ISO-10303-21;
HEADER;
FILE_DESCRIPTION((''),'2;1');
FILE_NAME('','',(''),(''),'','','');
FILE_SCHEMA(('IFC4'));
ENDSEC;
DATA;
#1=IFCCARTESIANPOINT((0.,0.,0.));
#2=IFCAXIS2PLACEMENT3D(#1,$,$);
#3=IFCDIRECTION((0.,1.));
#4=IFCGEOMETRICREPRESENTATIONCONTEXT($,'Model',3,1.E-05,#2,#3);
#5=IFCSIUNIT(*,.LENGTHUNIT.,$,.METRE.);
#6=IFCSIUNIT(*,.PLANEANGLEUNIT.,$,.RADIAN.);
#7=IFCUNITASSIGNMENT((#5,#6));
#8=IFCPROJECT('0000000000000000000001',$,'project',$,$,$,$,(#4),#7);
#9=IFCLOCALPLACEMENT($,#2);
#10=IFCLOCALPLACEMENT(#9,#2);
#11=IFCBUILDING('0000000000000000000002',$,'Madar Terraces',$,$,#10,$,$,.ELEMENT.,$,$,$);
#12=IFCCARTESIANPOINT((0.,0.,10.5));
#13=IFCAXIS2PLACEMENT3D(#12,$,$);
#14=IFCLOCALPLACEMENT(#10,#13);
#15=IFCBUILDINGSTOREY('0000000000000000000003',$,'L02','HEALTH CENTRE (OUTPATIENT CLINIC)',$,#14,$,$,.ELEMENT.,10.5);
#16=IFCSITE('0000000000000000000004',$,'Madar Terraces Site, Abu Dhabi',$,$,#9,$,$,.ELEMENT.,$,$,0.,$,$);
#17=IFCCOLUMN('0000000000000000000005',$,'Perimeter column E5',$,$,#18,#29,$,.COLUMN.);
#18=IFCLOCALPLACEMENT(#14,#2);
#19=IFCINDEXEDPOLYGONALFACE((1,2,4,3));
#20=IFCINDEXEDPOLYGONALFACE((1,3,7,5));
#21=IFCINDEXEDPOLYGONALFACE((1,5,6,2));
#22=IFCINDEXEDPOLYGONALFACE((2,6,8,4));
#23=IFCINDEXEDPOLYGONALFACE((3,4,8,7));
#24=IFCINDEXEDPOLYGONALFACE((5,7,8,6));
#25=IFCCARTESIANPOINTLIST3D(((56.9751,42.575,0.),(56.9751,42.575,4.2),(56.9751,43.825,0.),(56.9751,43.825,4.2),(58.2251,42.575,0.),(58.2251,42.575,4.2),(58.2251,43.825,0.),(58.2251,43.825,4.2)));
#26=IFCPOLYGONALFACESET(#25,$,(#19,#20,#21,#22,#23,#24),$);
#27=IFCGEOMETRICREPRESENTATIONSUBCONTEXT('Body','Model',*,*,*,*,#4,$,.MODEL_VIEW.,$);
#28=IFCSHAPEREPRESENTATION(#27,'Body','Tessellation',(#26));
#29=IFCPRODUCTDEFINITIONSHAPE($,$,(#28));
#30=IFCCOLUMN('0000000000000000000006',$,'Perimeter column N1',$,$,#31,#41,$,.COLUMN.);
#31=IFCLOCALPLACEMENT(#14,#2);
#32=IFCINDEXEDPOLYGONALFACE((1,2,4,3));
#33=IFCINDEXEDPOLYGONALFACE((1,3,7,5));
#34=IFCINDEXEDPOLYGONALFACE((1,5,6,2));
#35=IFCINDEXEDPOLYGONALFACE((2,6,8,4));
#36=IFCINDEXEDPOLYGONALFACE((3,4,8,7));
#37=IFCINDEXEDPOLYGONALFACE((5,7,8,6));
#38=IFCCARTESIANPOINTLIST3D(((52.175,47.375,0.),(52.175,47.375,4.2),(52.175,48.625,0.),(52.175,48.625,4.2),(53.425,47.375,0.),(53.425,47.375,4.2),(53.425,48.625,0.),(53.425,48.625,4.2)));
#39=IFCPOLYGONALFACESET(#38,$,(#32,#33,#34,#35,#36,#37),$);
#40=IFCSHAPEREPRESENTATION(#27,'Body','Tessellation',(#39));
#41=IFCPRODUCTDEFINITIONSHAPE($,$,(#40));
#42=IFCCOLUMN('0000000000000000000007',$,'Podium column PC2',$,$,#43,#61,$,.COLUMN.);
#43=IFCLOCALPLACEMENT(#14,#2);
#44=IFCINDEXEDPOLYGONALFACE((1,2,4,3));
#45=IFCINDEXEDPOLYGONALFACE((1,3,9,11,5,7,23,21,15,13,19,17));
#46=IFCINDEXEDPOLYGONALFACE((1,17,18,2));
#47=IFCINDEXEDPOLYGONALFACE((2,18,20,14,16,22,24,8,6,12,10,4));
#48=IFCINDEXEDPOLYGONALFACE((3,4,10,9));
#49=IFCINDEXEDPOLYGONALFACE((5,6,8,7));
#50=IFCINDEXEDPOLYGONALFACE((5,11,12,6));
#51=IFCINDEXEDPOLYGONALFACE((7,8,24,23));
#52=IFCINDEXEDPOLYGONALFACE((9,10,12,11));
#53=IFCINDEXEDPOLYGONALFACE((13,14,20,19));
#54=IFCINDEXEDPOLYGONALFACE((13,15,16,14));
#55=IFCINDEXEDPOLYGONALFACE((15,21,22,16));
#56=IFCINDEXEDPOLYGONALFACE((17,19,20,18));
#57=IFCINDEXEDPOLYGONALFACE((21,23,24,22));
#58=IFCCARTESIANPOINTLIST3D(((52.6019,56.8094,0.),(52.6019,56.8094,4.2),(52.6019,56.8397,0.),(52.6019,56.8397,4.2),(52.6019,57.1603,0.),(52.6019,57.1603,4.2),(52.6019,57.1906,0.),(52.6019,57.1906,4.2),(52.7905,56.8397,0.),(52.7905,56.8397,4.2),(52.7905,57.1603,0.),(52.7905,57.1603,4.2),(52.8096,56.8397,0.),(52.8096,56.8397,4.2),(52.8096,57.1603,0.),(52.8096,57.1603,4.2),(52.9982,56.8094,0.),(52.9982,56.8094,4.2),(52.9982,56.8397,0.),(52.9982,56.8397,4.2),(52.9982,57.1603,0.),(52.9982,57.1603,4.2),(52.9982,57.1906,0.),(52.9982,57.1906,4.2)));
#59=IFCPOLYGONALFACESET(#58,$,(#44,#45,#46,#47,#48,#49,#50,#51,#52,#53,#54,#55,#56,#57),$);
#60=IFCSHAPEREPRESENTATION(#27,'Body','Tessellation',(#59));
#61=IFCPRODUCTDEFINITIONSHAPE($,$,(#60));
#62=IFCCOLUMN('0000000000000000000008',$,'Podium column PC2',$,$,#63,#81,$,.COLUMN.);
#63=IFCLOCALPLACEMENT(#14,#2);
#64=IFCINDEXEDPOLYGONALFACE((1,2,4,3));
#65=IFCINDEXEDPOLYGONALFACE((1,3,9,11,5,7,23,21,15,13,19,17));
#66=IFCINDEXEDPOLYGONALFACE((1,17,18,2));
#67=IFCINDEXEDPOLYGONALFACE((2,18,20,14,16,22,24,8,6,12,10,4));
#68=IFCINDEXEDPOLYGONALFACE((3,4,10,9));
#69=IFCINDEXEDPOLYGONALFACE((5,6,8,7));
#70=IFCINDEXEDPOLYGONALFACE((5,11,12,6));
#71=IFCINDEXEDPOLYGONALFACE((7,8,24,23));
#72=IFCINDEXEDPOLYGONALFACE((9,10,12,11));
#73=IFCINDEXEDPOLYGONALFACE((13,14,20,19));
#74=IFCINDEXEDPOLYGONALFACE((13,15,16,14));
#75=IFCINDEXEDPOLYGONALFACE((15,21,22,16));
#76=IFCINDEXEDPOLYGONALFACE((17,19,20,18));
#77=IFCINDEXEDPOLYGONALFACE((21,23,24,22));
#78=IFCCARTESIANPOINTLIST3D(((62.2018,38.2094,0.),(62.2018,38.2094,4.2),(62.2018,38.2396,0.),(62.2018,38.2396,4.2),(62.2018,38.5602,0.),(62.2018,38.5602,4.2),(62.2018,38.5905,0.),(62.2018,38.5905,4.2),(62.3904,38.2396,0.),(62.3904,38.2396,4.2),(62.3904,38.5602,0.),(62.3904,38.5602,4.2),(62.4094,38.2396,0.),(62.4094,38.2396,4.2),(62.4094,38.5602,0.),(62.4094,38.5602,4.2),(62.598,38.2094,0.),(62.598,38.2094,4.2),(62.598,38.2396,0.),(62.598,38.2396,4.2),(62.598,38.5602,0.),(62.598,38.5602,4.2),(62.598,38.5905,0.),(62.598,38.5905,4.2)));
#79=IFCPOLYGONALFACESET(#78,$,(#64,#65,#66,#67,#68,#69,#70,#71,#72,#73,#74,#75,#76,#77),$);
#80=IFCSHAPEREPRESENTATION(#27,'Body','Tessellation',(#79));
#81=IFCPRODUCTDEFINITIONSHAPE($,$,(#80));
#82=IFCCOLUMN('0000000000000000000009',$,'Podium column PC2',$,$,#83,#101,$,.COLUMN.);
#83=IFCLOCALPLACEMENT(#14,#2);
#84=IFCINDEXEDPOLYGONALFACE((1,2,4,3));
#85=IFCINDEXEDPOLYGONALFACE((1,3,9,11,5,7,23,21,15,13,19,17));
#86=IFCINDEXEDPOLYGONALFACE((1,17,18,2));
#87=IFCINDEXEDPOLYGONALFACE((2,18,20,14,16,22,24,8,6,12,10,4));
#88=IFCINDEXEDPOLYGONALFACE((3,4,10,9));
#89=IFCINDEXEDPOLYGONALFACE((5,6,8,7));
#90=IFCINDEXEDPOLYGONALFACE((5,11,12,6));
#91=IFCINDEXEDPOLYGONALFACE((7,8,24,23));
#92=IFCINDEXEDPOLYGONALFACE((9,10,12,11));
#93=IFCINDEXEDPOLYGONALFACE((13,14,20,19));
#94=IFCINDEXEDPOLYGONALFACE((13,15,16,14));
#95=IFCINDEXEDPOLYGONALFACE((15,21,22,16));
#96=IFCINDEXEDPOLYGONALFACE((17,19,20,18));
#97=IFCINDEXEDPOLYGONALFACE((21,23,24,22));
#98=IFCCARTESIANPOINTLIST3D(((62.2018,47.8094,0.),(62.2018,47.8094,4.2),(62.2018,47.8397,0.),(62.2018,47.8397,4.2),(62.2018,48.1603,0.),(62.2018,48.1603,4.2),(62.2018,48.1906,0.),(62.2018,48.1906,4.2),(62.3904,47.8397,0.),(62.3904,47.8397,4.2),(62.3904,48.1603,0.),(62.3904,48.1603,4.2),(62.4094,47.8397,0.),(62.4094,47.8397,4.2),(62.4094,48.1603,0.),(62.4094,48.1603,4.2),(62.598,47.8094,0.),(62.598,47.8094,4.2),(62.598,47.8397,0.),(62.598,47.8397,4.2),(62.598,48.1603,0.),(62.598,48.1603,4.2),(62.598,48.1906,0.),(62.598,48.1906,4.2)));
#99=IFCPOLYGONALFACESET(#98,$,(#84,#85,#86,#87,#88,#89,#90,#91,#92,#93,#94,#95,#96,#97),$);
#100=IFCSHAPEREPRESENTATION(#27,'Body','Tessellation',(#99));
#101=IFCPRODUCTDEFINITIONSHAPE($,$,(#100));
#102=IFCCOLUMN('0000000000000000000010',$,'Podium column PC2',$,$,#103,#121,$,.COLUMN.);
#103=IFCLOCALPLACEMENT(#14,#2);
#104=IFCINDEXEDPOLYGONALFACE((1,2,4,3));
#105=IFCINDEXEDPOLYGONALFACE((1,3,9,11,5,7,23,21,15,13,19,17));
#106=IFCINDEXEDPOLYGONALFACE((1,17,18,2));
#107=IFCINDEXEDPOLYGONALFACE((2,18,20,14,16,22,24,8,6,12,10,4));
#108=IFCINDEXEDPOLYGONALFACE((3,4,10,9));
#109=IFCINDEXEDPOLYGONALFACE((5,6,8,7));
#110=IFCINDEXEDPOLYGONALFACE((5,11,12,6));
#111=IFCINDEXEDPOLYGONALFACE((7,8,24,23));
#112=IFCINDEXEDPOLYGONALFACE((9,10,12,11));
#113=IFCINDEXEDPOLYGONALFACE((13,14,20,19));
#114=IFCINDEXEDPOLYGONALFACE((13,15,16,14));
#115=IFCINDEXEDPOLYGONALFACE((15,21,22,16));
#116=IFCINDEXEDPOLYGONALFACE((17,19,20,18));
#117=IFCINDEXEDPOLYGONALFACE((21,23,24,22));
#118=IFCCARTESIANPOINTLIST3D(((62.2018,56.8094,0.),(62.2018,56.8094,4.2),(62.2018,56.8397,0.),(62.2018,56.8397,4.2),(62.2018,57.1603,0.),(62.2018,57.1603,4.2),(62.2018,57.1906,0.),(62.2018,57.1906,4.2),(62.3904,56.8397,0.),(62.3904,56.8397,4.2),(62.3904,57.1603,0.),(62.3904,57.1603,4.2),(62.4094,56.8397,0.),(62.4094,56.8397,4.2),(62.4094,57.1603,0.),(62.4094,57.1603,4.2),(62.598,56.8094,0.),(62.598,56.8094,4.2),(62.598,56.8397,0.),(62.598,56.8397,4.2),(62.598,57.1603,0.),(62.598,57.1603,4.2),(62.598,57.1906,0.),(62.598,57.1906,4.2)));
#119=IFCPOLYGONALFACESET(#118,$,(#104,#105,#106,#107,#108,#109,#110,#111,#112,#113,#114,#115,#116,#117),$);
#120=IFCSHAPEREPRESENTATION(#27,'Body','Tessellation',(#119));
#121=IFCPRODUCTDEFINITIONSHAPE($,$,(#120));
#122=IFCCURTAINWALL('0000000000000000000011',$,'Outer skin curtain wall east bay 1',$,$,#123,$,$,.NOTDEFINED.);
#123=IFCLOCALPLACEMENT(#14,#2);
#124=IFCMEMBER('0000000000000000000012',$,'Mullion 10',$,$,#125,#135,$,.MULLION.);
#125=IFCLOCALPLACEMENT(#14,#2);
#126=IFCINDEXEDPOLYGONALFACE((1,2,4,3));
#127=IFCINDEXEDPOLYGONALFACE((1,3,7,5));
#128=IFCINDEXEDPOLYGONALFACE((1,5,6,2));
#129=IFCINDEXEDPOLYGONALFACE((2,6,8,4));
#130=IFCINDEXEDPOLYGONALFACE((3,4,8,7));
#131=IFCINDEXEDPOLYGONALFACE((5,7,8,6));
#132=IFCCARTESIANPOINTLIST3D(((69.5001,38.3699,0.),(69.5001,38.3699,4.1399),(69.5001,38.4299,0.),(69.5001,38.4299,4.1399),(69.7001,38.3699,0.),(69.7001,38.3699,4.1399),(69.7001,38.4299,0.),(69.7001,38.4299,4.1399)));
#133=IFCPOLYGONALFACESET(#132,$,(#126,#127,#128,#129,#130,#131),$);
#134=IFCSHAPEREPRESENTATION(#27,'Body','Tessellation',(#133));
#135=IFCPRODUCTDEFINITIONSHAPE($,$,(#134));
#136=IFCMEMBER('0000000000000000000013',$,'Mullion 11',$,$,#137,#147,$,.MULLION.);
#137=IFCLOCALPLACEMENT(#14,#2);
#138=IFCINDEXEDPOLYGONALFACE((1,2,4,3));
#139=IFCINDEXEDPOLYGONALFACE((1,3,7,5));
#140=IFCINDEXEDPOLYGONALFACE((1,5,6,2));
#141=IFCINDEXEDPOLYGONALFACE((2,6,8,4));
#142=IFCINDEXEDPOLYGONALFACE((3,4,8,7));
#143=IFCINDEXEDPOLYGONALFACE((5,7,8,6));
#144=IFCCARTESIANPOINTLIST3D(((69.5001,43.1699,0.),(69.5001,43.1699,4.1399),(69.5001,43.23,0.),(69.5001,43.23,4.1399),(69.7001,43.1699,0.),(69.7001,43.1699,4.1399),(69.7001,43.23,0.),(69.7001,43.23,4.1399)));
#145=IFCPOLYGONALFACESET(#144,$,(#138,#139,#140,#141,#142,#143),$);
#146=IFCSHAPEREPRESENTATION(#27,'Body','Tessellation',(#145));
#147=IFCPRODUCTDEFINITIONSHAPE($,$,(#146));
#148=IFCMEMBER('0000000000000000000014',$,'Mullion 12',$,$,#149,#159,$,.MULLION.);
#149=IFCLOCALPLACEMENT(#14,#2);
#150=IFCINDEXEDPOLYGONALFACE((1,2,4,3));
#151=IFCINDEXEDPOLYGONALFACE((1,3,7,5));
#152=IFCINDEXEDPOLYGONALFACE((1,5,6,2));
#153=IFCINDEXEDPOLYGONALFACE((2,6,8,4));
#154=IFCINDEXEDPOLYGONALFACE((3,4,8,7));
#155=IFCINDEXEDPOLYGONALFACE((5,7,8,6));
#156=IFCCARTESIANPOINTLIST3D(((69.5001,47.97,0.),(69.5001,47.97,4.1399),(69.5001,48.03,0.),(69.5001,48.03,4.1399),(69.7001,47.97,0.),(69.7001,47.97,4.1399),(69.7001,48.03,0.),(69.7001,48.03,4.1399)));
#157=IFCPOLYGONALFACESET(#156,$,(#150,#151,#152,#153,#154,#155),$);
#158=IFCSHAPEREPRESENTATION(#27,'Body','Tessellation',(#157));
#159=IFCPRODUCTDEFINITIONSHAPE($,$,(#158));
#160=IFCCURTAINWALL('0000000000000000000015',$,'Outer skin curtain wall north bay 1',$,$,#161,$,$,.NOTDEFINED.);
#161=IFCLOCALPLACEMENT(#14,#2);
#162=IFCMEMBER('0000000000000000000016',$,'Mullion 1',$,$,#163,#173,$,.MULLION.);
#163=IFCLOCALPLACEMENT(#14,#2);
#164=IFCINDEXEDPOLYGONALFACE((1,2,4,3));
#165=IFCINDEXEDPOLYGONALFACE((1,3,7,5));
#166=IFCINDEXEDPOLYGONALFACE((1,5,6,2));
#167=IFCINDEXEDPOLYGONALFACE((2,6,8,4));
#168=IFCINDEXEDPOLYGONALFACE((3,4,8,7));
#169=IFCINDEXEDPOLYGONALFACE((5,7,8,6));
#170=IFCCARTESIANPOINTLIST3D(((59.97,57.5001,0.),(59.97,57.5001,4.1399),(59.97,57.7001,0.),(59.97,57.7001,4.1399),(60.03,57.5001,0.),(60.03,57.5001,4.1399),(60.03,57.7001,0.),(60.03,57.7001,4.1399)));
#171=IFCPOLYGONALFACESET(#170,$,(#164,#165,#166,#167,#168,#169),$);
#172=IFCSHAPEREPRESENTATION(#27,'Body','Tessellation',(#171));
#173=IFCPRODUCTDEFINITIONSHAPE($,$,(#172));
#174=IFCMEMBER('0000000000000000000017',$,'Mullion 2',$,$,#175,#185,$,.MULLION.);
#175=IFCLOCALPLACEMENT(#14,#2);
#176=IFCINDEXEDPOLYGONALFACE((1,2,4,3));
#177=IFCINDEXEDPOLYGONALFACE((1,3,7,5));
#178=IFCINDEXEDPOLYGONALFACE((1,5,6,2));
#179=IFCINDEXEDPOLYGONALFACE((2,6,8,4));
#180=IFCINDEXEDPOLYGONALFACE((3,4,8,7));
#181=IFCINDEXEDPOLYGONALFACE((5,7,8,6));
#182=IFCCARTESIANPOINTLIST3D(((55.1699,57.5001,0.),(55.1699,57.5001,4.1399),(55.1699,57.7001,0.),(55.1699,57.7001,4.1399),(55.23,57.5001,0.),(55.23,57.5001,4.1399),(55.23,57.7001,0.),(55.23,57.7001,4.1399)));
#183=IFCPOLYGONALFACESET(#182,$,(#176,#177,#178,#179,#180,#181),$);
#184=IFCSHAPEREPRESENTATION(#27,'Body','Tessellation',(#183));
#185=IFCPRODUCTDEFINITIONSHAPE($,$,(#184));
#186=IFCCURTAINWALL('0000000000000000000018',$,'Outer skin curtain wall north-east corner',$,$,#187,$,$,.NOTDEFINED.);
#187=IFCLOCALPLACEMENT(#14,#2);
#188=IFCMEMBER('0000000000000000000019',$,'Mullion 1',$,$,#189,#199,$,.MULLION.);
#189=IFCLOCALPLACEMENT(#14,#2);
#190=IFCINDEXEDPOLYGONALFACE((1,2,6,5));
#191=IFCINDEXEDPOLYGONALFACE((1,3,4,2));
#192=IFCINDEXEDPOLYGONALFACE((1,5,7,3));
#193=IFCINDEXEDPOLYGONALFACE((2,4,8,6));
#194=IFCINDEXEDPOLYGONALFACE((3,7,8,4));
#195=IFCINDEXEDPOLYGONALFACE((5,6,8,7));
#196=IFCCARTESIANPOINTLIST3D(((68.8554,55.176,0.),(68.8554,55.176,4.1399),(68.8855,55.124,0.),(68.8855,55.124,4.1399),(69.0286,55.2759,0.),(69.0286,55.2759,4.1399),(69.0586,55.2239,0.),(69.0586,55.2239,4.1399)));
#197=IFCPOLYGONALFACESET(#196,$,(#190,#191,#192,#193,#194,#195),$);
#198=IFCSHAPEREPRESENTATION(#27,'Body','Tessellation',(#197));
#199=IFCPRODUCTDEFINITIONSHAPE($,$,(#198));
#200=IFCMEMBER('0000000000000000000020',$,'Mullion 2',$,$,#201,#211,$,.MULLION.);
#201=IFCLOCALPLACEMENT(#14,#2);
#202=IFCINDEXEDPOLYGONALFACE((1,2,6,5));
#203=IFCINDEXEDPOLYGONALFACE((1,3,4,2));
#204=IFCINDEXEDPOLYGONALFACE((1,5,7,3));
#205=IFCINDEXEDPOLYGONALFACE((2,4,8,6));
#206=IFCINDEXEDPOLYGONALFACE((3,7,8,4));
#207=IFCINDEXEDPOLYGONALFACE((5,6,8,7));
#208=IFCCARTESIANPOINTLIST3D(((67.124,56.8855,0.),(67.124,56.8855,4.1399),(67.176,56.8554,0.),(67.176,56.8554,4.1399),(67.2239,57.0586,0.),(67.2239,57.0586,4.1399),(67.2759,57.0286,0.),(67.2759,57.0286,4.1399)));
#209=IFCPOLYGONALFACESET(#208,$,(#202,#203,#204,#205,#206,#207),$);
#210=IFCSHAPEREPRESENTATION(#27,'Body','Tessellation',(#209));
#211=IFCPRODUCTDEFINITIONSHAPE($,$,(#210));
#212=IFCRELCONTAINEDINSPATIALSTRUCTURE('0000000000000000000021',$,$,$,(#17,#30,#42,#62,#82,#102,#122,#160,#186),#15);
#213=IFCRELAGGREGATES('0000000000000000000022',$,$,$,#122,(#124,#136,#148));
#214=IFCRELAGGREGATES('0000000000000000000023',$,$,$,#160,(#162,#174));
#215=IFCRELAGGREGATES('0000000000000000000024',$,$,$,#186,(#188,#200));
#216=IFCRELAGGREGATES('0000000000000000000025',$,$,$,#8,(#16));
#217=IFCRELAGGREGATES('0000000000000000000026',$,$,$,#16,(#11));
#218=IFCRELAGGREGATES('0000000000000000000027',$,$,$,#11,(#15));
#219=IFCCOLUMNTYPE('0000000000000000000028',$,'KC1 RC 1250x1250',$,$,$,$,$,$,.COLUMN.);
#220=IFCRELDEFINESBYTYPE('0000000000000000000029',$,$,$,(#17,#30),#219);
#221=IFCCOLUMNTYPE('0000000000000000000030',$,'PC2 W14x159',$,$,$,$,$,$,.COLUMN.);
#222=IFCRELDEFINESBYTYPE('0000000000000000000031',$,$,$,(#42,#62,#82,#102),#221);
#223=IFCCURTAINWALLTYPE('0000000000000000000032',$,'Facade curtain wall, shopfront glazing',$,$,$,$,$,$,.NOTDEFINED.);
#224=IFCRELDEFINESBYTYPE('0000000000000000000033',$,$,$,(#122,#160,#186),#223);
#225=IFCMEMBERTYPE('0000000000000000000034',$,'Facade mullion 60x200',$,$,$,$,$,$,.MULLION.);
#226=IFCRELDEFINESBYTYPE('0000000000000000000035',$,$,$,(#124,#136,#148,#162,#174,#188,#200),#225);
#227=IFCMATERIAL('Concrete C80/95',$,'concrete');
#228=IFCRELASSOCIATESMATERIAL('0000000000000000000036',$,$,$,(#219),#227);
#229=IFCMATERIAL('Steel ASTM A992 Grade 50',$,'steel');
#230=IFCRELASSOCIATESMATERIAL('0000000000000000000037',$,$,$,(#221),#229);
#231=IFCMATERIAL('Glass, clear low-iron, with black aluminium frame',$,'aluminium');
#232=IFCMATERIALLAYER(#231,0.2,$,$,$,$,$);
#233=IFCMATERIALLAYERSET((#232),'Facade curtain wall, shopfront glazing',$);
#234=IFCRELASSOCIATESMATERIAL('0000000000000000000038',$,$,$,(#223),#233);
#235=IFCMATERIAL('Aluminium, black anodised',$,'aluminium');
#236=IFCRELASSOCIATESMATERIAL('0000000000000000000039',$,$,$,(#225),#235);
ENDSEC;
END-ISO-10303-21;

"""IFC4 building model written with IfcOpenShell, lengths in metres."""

from ifc_helpers import new_model, si_unit, direction, frame, origin, origin_2d, place, context, subcontext, project, spatial, rectangle, i_section, extrude, material, layer, layer_set, material_profile, profile_set, type_object, element, aggregate, save


model = new_model("IFC4")

# Units and contexts
model_context = context("Model", 3, precision=1e-05, world=origin(), true_north=direction((0.0, 1.0)))
body_context = subcontext(model_context, "Body", "Model", "MODEL_VIEW")
ifc_project = project(units=[si_unit("LENGTHUNIT", "METRE"), si_unit("PLANEANGLEUNIT", "RADIAN")], contexts=[model_context])

# Site, building, storey
site_placement = place(None, origin())
site = spatial("IfcSite", under=ifc_project, at=site_placement, Name="Madar Terraces Site, Abu Dhabi", CompositionType="ELEMENT", RefElevation=0.0)
building_placement = place(site_placement, origin())
building = spatial("IfcBuilding", under=site, at=building_placement, Name="Madar Terraces", CompositionType="ELEMENT")
storey_placement = place(building_placement, frame((0.0, 0.0, 10.5)))
storey = spatial("IfcBuildingStorey", under=building, at=storey_placement, Name="L02", Description="HEALTH CENTRE (OUTPATIENT CLINIC)", CompositionType="ELEMENT", Elevation=10.5)

# Columns
ifc_material_1 = material(Name="Concrete C80/95", Category="concrete")
ifc_material_profile_1 = material_profile(ifc_material_1, rectangle(XDim=1.25, YDim=1.25, at=origin_2d()), Name="KC1 RC 1250x1250")
ifc_profile_set_1 = profile_set([ifc_material_profile_1], Name="Concrete C80/95")
column_type_1 = type_object("IfcColumnType", Name="KC1 RC 1250x1250", PredefinedType="COLUMN", material=ifc_profile_set_1)
for number, where, z_axis, x_axis, name in (
    (1, (57.6001, 43.2, 0.0), (0.0, 0.0, 1.0), (1.0, 0.0, 0.0), "Perimeter column E5"),
    (2, (52.8, 48.0, 0.0), (0.0, 0.0, 1.0), (1.0, 0.0, 0.0), "Perimeter column N1"),
):
    element("IfcColumn", number, at=place(storey_placement, frame(where, z_axis=z_axis, x_axis=x_axis)), inside=storey, type_object=column_type_1, Name=name, PredefinedType="COLUMN", context=body_context, shape_type="SweptSolid", body=[
        extrude(rectangle(XDim=1.25, YDim=1.25, at=origin_2d()), origin(), (0.0, 0.0, 1.0), 4.2),
    ])
ifc_material_2 = material(Name="Steel ASTM A992 Grade 50", Category="steel")
ifc_material_profile_2 = material_profile(ifc_material_2, i_section(OverallWidth=0.3962, OverallDepth=0.3811, WebThickness=0.019, FlangeThickness=0.0303, at=origin_2d()), Name="W14x159")
ifc_profile_set_2 = profile_set([ifc_material_profile_2], Name="Steel ASTM A992 Grade 50")
column_type_2 = type_object("IfcColumnType", Name="PC2 W14x159", PredefinedType="COLUMN", material=ifc_profile_set_2)
for number, where, z_axis, x_axis, name in (
    (3, (52.8, 57.0, 0.0), (0.0, 0.0, 1.0), (1.0, 0.0, 0.0), "Podium column PC2"),
    (4, (62.3999, 38.3999, 0.0), (0.0, 0.0, 1.0), (1.0, 0.0, 0.0), "Podium column PC2"),
    (5, (62.3999, 48.0, 0.0), (0.0, 0.0, 1.0), (1.0, 0.0, 0.0), "Podium column PC2"),
    (6, (62.3999, 57.0, 0.0), (0.0, 0.0, 1.0), (1.0, 0.0, 0.0), "Podium column PC2"),
):
    element("IfcColumn", number, at=place(storey_placement, frame(where, z_axis=z_axis, x_axis=x_axis)), inside=storey, type_object=column_type_2, Name=name, PredefinedType="COLUMN", context=body_context, shape_type="SweptSolid", body=[
        extrude(i_section(OverallWidth=0.3962, OverallDepth=0.3811, WebThickness=0.019, FlangeThickness=0.0303, at=origin_2d()), origin(), (0.0, 0.0, 1.0), 4.2),
    ])

# Curtain walls, members
ifc_material_3 = material(Name="Glass, clear low-iron, with black aluminium frame", Category="aluminium")
ifc_layer_1 = layer(ifc_material_3, 0.2)
ifc_layer_set_1 = layer_set([ifc_layer_1], Name="Facade curtain wall, shopfront glazing")
curtain_wall_type = type_object("IfcCurtainWallType", Name="Facade curtain wall, shopfront glazing", PredefinedType="NOTDEFINED", material=ifc_layer_set_1)
curtain_wall_1_placement = place(storey_placement, origin())
curtain_wall_1 = element("IfcCurtainWall", 7, at=curtain_wall_1_placement, inside=storey, type_object=curtain_wall_type, Name="Outer skin curtain wall east bay 1", PredefinedType="NOTDEFINED")
ifc_material_4 = material(Name="Aluminium, black anodised", Category="aluminium")
ifc_material_profile_3 = material_profile(ifc_material_4, rectangle(XDim=0.2, YDim=0.0601, at=origin_2d()), Name="Facade mullion 60x200")
ifc_profile_set_3 = profile_set([ifc_material_profile_3], Name="Aluminium, black anodised")
member_type_1 = type_object("IfcMemberType", Name="Facade mullion 60x200", PredefinedType="MULLION", material=ifc_profile_set_3)
member_1_placement = place(storey_placement, frame((69.6001, 38.3999, 0.0), z_axis=(0.0, 0.0, 1.0), x_axis=(-1.0, 0.0, 0.0)))
member_1 = element("IfcMember", 8, at=member_1_placement, type_object=member_type_1, Name="Mullion 10", PredefinedType="MULLION", context=body_context, shape_type="SweptSolid", body=[
    extrude(rectangle(XDim=0.2, YDim=0.0601, at=origin_2d()), origin(), (0.0, 0.0, 1.0), 4.1399),
])
member_2_placement = place(storey_placement, frame((69.6001, 43.2, 0.0), z_axis=(0.0, 0.0, 1.0), x_axis=(-1.0, 0.0, 0.0)))
member_2 = element("IfcMember", 9, at=member_2_placement, type_object=member_type_1, Name="Mullion 11", PredefinedType="MULLION", context=body_context, shape_type="SweptSolid", body=[
    extrude(rectangle(XDim=0.2, YDim=0.0601, at=origin_2d()), origin(), (0.0, 0.0, 1.0), 4.1399),
])
member_3_placement = place(storey_placement, frame((69.6001, 48.0, 0.0), z_axis=(0.0, 0.0, 1.0), x_axis=(-1.0, 0.0, 0.0)))
member_3 = element("IfcMember", 10, at=member_3_placement, type_object=member_type_1, Name="Mullion 12", PredefinedType="MULLION", context=body_context, shape_type="SweptSolid", body=[
    extrude(rectangle(XDim=0.2, YDim=0.0601, at=origin_2d()), origin(), (0.0, 0.0, 1.0), 4.1399),
])
curtain_wall_2_placement = place(storey_placement, origin())
curtain_wall_2 = element("IfcCurtainWall", 11, at=curtain_wall_2_placement, inside=storey, type_object=curtain_wall_type, Name="Outer skin curtain wall north bay 1", PredefinedType="NOTDEFINED")
member_4_placement = place(storey_placement, frame((60.0, 57.6001, 0.0), z_axis=(0.0, 0.0, 1.0), x_axis=(0.0, -1.0, 0.0)))
member_4 = element("IfcMember", 12, at=member_4_placement, type_object=member_type_1, Name="Mullion 1", PredefinedType="MULLION", context=body_context, shape_type="SweptSolid", body=[
    extrude(rectangle(XDim=0.2, YDim=0.0601, at=origin_2d()), origin(), (0.0, 0.0, 1.0), 4.1399),
])
member_5_placement = place(storey_placement, frame((55.2, 57.6001, 0.0), z_axis=(0.0, 0.0, 1.0), x_axis=(0.0, -1.0, 0.0)))
member_5 = element("IfcMember", 13, at=member_5_placement, type_object=member_type_1, Name="Mullion 2", PredefinedType="MULLION", context=body_context, shape_type="SweptSolid", body=[
    extrude(rectangle(XDim=0.2, YDim=0.0601, at=origin_2d()), origin(), (0.0, 0.0, 1.0), 4.1399),
])
curtain_wall_3_placement = place(storey_placement, origin())
curtain_wall_3 = element("IfcCurtainWall", 14, at=curtain_wall_3_placement, inside=storey, type_object=curtain_wall_type, Name="Outer skin curtain wall north-east corner", PredefinedType="NOTDEFINED")
member_6_placement = place(storey_placement, frame((68.957, 55.2, 0.0), z_axis=(0.0, 0.0, 1.0), x_axis=(-0.866025, -0.5, 0.0)))
member_6 = element("IfcMember", 15, at=member_6_placement, type_object=member_type_1, Name="Mullion 1", PredefinedType="MULLION", context=body_context, shape_type="SweptSolid", body=[
    extrude(rectangle(XDim=0.2, YDim=0.0601, at=origin_2d()), origin(), (0.0, 0.0, 1.0), 4.1399),
])
member_7_placement = place(storey_placement, frame((67.2, 56.957, 0.0), z_axis=(0.0, 0.0, 1.0), x_axis=(-0.5, -0.866025, 0.0)))
member_7 = element("IfcMember", 16, at=member_7_placement, type_object=member_type_1, Name="Mullion 2", PredefinedType="MULLION", context=body_context, shape_type="SweptSolid", body=[
    extrude(rectangle(XDim=0.2, YDim=0.0601, at=origin_2d()), origin(), (0.0, 0.0, 1.0), 4.1399),
])

aggregate(curtain_wall_1, [member_1, member_2, member_3])
aggregate(curtain_wall_2, [member_4, member_5])
aggregate(curtain_wall_3, [member_6, member_7])

save(model, "model.ifc")
